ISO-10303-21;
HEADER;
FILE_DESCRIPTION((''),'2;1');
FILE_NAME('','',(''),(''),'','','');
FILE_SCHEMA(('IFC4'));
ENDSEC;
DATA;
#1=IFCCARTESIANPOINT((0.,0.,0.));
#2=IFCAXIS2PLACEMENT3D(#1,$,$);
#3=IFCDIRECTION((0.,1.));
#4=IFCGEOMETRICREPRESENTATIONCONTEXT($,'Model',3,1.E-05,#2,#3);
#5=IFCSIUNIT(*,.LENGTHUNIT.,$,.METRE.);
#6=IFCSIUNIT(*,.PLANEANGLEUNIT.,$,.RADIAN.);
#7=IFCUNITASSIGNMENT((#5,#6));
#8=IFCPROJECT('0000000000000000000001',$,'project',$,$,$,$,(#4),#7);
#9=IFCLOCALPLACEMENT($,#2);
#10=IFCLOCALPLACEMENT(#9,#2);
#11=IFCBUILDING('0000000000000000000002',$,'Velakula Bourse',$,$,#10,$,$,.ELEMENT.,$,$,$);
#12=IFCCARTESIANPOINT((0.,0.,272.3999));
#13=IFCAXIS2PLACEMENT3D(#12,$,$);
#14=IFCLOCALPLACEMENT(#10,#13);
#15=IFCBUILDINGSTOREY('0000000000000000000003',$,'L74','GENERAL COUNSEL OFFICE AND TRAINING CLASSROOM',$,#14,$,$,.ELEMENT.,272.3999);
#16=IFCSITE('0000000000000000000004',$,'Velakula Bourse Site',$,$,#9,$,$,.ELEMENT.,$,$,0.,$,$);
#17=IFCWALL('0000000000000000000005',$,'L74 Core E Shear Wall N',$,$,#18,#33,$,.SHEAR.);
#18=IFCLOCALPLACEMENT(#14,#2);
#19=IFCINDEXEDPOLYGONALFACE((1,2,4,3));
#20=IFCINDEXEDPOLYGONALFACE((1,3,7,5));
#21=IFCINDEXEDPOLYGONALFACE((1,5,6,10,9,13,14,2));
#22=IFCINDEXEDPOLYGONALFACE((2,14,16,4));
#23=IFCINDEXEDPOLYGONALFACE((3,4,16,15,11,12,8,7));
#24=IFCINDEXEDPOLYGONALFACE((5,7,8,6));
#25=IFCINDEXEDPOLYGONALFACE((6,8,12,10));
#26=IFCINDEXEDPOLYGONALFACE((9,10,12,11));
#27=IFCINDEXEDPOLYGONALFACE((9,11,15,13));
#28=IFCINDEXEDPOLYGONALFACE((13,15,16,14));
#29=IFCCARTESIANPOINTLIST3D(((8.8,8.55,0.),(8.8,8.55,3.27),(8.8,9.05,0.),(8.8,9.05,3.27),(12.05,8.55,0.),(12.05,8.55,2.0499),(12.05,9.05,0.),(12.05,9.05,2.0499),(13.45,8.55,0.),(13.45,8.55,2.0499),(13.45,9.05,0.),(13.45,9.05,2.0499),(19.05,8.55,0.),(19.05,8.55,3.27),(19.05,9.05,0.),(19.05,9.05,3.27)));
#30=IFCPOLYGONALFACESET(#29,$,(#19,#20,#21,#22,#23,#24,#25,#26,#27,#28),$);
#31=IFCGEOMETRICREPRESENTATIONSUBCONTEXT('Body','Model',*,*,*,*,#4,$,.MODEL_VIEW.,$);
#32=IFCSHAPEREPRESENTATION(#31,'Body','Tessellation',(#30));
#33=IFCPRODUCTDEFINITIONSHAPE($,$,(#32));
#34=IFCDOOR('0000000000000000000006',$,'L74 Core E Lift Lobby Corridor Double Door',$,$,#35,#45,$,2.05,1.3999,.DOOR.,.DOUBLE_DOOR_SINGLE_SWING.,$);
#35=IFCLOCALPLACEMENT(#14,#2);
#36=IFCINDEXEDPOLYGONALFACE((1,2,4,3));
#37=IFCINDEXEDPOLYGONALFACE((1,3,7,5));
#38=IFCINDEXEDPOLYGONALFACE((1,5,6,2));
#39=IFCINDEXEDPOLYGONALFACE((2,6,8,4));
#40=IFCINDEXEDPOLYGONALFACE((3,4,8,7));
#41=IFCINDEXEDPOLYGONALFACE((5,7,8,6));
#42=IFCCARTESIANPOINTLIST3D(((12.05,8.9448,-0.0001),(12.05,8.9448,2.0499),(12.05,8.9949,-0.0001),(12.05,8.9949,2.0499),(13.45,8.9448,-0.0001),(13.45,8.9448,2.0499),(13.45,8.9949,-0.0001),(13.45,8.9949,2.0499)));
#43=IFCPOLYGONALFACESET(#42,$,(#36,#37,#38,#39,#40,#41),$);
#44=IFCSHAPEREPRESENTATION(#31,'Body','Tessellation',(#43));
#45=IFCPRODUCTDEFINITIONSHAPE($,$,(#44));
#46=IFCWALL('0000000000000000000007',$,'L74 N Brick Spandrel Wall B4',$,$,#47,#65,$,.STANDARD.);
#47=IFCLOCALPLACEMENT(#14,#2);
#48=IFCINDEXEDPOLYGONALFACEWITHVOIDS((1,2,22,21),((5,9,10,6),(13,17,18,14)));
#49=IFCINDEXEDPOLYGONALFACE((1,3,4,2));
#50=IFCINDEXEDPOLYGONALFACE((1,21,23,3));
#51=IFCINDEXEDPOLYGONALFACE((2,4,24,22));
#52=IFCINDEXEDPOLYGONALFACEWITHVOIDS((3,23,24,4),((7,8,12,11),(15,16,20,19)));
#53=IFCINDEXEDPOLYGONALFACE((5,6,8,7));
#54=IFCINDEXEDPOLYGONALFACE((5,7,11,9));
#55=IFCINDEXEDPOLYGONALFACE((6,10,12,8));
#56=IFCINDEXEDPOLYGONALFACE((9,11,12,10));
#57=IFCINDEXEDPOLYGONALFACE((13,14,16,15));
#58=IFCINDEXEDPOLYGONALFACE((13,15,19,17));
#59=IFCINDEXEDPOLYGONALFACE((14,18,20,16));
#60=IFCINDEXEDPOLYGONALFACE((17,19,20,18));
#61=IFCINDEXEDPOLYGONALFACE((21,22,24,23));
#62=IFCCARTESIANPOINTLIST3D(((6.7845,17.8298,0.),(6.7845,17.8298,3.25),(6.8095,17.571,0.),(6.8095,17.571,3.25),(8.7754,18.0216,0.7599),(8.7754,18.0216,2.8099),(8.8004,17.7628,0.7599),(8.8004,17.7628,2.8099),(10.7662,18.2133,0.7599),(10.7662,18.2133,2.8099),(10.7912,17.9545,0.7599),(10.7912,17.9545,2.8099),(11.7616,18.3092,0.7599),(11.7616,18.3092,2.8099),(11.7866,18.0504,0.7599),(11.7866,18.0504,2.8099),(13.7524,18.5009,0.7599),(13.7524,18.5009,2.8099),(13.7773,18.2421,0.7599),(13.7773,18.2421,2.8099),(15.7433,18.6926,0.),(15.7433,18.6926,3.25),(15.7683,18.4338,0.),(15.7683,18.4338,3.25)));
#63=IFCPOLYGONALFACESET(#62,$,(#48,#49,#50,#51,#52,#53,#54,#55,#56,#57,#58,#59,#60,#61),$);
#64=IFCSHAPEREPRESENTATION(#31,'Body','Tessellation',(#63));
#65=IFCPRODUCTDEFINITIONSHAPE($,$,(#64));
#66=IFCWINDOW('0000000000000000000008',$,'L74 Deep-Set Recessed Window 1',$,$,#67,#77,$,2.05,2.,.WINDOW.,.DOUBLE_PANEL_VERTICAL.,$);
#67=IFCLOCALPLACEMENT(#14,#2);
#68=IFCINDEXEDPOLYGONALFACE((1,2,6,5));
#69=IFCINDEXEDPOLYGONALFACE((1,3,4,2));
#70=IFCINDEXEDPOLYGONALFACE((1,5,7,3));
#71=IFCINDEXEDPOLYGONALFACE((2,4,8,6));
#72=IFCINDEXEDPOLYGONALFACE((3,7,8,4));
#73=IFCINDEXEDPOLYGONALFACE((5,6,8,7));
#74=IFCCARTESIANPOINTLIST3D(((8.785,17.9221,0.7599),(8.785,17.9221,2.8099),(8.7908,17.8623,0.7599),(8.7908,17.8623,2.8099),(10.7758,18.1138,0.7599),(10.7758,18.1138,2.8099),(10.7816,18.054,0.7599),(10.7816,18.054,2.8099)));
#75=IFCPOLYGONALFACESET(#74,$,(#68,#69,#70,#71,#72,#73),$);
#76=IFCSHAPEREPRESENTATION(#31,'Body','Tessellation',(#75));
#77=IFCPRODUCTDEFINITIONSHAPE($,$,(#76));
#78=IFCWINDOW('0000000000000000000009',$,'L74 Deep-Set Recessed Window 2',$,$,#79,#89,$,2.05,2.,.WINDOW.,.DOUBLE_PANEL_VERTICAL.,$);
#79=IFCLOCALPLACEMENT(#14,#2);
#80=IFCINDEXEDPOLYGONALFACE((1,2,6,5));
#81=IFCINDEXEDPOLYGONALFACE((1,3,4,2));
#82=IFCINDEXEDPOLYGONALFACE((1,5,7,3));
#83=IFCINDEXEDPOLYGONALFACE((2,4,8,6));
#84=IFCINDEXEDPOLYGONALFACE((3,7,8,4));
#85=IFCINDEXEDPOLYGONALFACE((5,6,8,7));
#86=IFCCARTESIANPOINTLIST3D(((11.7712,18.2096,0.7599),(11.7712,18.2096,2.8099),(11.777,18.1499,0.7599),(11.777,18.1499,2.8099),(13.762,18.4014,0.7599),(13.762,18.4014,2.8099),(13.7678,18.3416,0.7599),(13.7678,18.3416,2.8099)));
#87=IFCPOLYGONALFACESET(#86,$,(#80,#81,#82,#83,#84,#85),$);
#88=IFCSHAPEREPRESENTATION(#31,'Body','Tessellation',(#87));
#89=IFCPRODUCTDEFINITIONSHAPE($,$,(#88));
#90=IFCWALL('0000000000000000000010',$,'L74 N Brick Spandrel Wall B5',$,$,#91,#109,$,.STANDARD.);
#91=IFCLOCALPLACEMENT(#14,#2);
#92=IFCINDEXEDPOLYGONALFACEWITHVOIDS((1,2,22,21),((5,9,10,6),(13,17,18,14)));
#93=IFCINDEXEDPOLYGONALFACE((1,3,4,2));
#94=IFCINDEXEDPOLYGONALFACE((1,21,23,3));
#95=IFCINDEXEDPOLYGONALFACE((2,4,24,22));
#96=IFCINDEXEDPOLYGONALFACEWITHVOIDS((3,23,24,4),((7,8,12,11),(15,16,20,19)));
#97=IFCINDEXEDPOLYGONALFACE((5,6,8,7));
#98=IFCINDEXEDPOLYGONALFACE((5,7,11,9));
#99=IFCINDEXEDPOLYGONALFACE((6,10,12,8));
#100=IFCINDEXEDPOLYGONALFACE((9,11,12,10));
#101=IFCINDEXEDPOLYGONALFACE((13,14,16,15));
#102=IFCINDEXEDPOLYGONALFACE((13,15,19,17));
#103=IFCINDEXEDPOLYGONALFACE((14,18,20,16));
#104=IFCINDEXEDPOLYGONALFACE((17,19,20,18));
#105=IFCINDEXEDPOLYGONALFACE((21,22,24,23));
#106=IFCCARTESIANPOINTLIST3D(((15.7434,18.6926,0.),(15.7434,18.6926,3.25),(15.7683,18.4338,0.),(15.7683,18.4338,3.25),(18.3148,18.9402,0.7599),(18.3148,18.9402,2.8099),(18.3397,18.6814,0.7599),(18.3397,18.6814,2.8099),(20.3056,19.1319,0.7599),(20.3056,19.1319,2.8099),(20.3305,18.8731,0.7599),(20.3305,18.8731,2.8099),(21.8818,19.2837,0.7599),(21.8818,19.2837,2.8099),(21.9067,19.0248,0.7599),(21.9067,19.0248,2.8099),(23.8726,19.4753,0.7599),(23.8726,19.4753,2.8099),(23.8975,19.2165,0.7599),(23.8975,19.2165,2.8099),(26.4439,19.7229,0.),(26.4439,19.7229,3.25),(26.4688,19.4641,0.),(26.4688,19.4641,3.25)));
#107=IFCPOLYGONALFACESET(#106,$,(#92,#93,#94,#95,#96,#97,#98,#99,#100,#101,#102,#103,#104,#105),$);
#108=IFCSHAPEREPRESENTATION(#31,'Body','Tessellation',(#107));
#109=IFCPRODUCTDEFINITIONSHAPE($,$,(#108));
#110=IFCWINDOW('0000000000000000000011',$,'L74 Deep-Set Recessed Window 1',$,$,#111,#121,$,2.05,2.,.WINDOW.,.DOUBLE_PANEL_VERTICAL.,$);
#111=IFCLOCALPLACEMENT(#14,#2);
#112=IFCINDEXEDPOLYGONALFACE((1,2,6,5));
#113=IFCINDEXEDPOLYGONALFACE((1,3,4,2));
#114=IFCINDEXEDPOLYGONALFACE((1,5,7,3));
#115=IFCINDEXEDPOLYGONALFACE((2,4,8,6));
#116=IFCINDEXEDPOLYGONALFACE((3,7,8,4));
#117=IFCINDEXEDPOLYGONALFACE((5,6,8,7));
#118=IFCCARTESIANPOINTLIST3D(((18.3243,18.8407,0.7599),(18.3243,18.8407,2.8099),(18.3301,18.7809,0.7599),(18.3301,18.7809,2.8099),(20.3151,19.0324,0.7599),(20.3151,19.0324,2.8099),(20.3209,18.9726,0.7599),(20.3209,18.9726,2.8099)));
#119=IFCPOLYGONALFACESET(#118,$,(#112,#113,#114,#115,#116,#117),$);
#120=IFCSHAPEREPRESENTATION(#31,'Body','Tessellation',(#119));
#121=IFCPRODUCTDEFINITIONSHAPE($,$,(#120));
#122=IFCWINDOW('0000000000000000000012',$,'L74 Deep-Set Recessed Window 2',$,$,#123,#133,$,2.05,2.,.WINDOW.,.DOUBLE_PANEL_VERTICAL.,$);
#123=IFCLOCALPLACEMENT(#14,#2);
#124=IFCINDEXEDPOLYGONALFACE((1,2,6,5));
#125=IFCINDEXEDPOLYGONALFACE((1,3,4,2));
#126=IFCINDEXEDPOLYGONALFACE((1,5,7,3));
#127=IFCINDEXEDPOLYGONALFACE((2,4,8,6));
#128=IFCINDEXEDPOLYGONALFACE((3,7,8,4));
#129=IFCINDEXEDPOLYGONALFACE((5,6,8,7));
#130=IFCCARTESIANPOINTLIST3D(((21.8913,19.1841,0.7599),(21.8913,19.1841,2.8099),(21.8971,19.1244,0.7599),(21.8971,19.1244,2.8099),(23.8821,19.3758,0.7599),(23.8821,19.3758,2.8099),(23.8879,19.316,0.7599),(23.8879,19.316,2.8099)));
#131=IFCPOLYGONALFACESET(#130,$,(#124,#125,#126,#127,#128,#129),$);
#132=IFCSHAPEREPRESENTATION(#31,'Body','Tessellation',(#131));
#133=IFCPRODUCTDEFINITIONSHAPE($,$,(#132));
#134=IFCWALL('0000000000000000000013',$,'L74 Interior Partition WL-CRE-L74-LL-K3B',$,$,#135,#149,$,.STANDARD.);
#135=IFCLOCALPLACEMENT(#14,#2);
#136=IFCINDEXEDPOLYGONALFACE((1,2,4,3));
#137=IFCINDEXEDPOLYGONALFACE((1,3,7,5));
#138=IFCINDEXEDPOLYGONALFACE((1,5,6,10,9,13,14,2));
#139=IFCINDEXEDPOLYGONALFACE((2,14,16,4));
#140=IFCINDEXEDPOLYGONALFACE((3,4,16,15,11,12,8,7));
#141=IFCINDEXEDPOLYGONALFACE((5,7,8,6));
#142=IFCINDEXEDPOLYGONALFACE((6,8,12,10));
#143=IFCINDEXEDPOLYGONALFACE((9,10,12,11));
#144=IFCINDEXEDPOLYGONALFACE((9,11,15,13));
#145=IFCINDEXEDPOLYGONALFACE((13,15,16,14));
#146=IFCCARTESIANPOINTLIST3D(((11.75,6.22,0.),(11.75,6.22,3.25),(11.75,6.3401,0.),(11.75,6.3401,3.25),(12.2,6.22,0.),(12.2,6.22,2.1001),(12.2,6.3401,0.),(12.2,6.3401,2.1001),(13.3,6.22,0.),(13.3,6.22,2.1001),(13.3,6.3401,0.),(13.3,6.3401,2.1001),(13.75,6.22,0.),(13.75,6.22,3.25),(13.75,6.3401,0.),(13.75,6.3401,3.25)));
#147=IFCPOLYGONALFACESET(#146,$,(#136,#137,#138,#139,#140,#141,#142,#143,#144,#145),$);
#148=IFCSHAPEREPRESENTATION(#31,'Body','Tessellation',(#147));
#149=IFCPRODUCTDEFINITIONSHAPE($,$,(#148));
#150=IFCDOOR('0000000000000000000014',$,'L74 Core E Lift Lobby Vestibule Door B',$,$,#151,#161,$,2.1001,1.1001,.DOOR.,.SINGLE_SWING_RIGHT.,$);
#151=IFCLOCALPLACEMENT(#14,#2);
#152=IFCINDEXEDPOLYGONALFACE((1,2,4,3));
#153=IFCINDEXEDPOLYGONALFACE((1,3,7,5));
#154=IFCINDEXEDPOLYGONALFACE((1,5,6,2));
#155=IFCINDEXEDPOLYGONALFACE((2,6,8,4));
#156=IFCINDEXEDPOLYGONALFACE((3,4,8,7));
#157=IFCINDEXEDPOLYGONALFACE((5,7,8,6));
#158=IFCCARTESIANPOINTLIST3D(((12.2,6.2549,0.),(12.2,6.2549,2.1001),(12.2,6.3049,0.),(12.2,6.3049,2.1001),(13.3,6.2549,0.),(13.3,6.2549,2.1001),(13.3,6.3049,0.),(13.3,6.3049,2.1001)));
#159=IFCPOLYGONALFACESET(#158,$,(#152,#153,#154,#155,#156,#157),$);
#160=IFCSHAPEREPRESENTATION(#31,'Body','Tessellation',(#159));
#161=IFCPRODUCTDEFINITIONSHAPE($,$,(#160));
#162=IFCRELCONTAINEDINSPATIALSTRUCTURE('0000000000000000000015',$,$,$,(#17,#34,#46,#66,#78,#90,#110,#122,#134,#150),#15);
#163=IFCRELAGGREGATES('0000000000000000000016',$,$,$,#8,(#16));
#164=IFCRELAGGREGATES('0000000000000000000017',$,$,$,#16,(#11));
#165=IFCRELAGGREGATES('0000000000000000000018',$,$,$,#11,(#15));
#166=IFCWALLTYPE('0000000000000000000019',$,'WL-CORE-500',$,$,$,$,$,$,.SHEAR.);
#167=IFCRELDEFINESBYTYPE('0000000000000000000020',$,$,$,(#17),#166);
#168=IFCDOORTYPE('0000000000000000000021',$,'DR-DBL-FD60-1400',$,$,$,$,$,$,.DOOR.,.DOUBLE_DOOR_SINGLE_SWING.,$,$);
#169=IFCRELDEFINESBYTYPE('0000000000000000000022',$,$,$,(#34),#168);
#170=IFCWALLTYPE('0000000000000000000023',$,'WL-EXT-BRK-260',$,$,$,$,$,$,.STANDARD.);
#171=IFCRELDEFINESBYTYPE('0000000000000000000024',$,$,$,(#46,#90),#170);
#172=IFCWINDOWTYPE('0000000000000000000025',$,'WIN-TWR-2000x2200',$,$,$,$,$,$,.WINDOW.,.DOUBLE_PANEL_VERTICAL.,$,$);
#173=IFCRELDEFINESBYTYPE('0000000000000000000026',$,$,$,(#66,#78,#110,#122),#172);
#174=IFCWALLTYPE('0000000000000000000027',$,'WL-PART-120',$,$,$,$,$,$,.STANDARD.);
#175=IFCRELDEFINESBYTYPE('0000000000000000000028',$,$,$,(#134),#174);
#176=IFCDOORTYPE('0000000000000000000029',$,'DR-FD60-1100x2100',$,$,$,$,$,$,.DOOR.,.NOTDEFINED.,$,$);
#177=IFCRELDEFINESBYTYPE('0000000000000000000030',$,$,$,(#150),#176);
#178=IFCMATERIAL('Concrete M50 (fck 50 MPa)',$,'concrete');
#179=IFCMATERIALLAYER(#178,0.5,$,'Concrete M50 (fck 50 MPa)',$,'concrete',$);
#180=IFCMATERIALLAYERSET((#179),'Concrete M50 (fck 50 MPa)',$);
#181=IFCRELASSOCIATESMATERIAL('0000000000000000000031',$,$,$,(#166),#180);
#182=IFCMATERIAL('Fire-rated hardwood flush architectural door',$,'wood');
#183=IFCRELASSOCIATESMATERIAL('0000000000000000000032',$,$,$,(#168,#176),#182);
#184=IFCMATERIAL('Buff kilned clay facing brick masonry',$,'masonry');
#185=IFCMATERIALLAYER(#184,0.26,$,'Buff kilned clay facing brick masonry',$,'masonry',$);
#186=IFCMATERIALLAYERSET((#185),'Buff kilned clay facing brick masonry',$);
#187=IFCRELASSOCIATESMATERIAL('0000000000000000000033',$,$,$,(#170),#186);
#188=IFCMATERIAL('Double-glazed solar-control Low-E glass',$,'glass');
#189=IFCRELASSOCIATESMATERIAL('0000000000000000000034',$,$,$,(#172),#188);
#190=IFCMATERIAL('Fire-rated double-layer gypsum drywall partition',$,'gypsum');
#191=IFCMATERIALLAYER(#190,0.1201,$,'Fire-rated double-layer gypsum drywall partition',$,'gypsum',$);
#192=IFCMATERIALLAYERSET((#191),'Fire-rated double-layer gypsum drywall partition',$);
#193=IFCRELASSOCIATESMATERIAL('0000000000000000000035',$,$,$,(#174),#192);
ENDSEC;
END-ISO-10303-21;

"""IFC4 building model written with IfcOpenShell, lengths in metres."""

from ifc_helpers import new_model, si_unit, direction, frame, frame_2d, origin, place, context, subcontext, project, spatial, rectangle, extrude, material, layer, layer_set, type_object, element, fill, save


model = new_model("IFC4")

# Units and contexts
model_context = context("Model", 3, precision=1e-05, world=origin(), true_north=direction((0.0, 1.0)))
body_context = subcontext(model_context, "Body", "Model", "MODEL_VIEW")
ifc_project = project(units=[si_unit("LENGTHUNIT", "METRE"), si_unit("PLANEANGLEUNIT", "RADIAN")], contexts=[model_context])

# Site, building, storey
site_placement = place(None, origin())
site = spatial("IfcSite", under=ifc_project, at=site_placement, Name="Velakula Bourse Site", CompositionType="ELEMENT", RefElevation=0.0)
building_placement = place(site_placement, origin())
building = spatial("IfcBuilding", under=site, at=building_placement, Name="Velakula Bourse", CompositionType="ELEMENT")
storey_placement = place(building_placement, frame((0.0, 0.0, 272.3999)))
storey = spatial("IfcBuildingStorey", under=building, at=storey_placement, Name="L74", Description="GENERAL COUNSEL OFFICE AND TRAINING CLASSROOM", CompositionType="ELEMENT", Elevation=272.3999)

# Shared definitions
ifc_material_1 = material(Name="Concrete M50 (fck 50 MPa)", Category="concrete")

# Wall, opening, door
ifc_layer_1 = layer(ifc_material_1, 0.5, Name="Concrete M50 (fck 50 MPa)", Category="concrete")
ifc_layer_set_1 = layer_set([ifc_layer_1], Name="Concrete M50 (fck 50 MPa)")
wall_type_1 = type_object("IfcWallType", Name="WL-CORE-500", PredefinedType="SHEAR", material=ifc_layer_set_1)
wall_1_placement = place(storey_placement, frame((8.8, 8.8, 0.0), z_axis=(0.0, 0.0, 1.0), x_axis=(1.0, 0.0, 0.0)))
wall_1 = element("IfcWall", 1, at=wall_1_placement, inside=storey, type_object=wall_type_1, Name="L74 Core E Shear Wall N", PredefinedType="SHEAR", context=body_context, shape_type="SweptSolid", body=[
    extrude(rectangle(XDim=10.25, YDim=0.5, at=frame_2d((5.125, 0.0))), origin(), (0.0, 0.0, 1.0), 3.27),
])
opening_1_placement = place(wall_1_placement, frame((3.25, 0.0, 0.0)))
opening_1 = element("IfcOpeningElement", 2, at=opening_1_placement, cuts=wall_1, PredefinedType="OPENING", context=body_context, shape_type="SweptSolid", body=[
    extrude(rectangle(XDim=1.3999, YDim=2.05, at=frame_2d((0.7, 1.0249))), frame((0.0, 0.26, 0.0), z_axis=(0.0, -1.0, 0.0), x_axis=(1.0, 0.0, 0.0)), (0.0, 0.0, 1.0), 0.52),
])
ifc_material_2 = material(Name="Fire-rated hardwood flush architectural door", Category="wood")
door_type_1 = type_object("IfcDoorType", Name="DR-DBL-FD60-1400", OperationType="DOUBLE_DOOR_SINGLE_SWING", PredefinedType="DOOR", material=ifc_material_2)
door_1_placement = place(opening_1_placement, origin())
door_1 = element("IfcDoor", 3, at=door_1_placement, inside=storey, type_object=door_type_1, Name="L74 Core E Lift Lobby Corridor Double Door", OperationType="DOUBLE_DOOR_SINGLE_SWING", OverallHeight=2.05, OverallWidth=1.3999, PredefinedType="DOOR", context=body_context, shape_type="SweptSolid", body=[
    extrude(rectangle(XDim=1.3999, YDim=2.05, at=frame_2d((0.7, 1.0249))), frame((0.0, 0.1948, 0.0), z_axis=(0.0, -1.0, 0.0), x_axis=(1.0, 0.0, 0.0)), (0.0, 0.0, 1.0), 0.05),
])
fill(opening_1, door_1)

# Walls, openings, windows
ifc_material_3 = material(Name="Buff kilned clay facing brick masonry", Category="masonry")
ifc_layer_2 = layer(ifc_material_3, 0.26, Name="Buff kilned clay facing brick masonry", Category="masonry")
ifc_layer_set_2 = layer_set([ifc_layer_2], Name="Buff kilned clay facing brick masonry")
wall_type_2 = type_object("IfcWallType", Name="WL-EXT-BRK-260", PredefinedType="STANDARD", material=ifc_layer_set_2)
wall_2_placement = place(storey_placement, frame((6.7971, 17.7004, 0.0), z_axis=(0.0, 0.0, 1.0), x_axis=(0.995394, 0.095864, 0.0)))
wall_2 = element("IfcWall", 4, at=wall_2_placement, inside=storey, type_object=wall_type_2, Name="L74 N Brick Spandrel Wall B4", PredefinedType="STANDARD", context=body_context, shape_type="SweptSolid", body=[
    extrude(rectangle(XDim=9.0002, YDim=0.26, at=frame_2d((4.5, 0.0))), origin(), (0.0, 0.0, 1.0), 3.25),
])
opening_2_placement = place(wall_2_placement, frame((2.0, 0.0, 0.76)))
opening_2 = element("IfcOpeningElement", 5, at=opening_2_placement, cuts=wall_2, PredefinedType="OPENING", context=body_context, shape_type="SweptSolid", body=[
    extrude(rectangle(XDim=2.0, YDim=2.05, at=frame_2d((1.0, 1.0249))), frame((0.0, 0.1399, 0.0), z_axis=(0.0, -1.0, 0.0), x_axis=(1.0, 0.0, 0.0)), (0.0, 0.0, 1.0), 0.28),
])
opening_3_placement = place(wall_2_placement, frame((5.0, 0.0, 0.76)))
opening_3 = element("IfcOpeningElement", 6, at=opening_3_placement, cuts=wall_2, PredefinedType="OPENING", context=body_context, shape_type="SweptSolid", body=[
    extrude(rectangle(XDim=2.0, YDim=2.05, at=frame_2d((1.0, 1.0249))), frame((0.0, 0.1399, 0.0), z_axis=(0.0, -1.0, 0.0), x_axis=(1.0, 0.0, 0.0)), (0.0, 0.0, 1.0), 0.28),
])
ifc_material_4 = material(Name="Double-glazed solar-control Low-E glass", Category="glass")
window_type = type_object("IfcWindowType", Name="WIN-TWR-2000x2200", PartitioningType="DOUBLE_PANEL_VERTICAL", PredefinedType="WINDOW", material=ifc_material_4)
window_1_placement = place(opening_2_placement, origin())
window_1 = element("IfcWindow", 7, at=window_1_placement, inside=storey, type_object=window_type, Name="L74 Deep-Set Recessed Window 1", OverallHeight=2.05, OverallWidth=2.0, PartitioningType="DOUBLE_PANEL_VERTICAL", PredefinedType="WINDOW", context=body_context, shape_type="SweptSolid", body=[
    extrude(rectangle(XDim=2.0, YDim=2.05, at=frame_2d((1.0, 1.0249))), frame((0.0, 0.03, 0.0), z_axis=(0.0, -1.0, 0.0), x_axis=(1.0, 0.0, 0.0)), (0.0, 0.0, 1.0), 0.0601),
])
fill(opening_2, window_1)
window_2_placement = place(opening_3_placement, origin())
window_2 = element("IfcWindow", 8, at=window_2_placement, inside=storey, type_object=window_type, Name="L74 Deep-Set Recessed Window 2", OverallHeight=2.05, OverallWidth=2.0, PartitioningType="DOUBLE_PANEL_VERTICAL", PredefinedType="WINDOW", context=body_context, shape_type="SweptSolid", body=[
    extrude(rectangle(XDim=2.0, YDim=2.05, at=frame_2d((1.0, 1.0249))), frame((0.0, 0.03, 0.0), z_axis=(0.0, -1.0, 0.0), x_axis=(1.0, 0.0, 0.0)), (0.0, 0.0, 1.0), 0.0601),
])
fill(opening_3, window_2)
wall_3_placement = place(storey_placement, frame((15.7559, 18.5632, 0.0), z_axis=(0.0, 0.0, 1.0), x_axis=(0.995397, 0.09584, 0.0)))
wall_3 = element("IfcWall", 9, at=wall_3_placement, inside=storey, type_object=wall_type_2, Name="L74 N Brick Spandrel Wall B5", PredefinedType="STANDARD", context=body_context, shape_type="SweptSolid", body=[
    extrude(rectangle(XDim=10.75, YDim=0.26, at=frame_2d((5.375, 0.0))), origin(), (0.0, 0.0, 1.0), 3.25),
])
opening_4_placement = place(wall_3_placement, frame((2.5833, 0.0, 0.76)))
opening_4 = element("IfcOpeningElement", 10, at=opening_4_placement, cuts=wall_3, PredefinedType="OPENING", context=body_context, shape_type="SweptSolid", body=[
    extrude(rectangle(XDim=2.0, YDim=2.05, at=frame_2d((1.0, 1.0249))), frame((0.0, 0.1399, 0.0), z_axis=(0.0, -1.0, 0.0), x_axis=(1.0, 0.0, 0.0)), (0.0, 0.0, 1.0), 0.28),
])
opening_5_placement = place(wall_3_placement, frame((6.1667, 0.0, 0.76)))
opening_5 = element("IfcOpeningElement", 11, at=opening_5_placement, cuts=wall_3, PredefinedType="OPENING", context=body_context, shape_type="SweptSolid", body=[
    extrude(rectangle(XDim=2.0, YDim=2.05, at=frame_2d((1.0, 1.0249))), frame((0.0, 0.1399, 0.0), z_axis=(0.0, -1.0, 0.0), x_axis=(1.0, 0.0, 0.0)), (0.0, 0.0, 1.0), 0.28),
])
window_3_placement = place(opening_4_placement, origin())
window_3 = element("IfcWindow", 12, at=window_3_placement, inside=storey, type_object=window_type, Name="L74 Deep-Set Recessed Window 1", OverallHeight=2.05, OverallWidth=2.0, PartitioningType="DOUBLE_PANEL_VERTICAL", PredefinedType="WINDOW", context=body_context, shape_type="SweptSolid", body=[
    extrude(rectangle(XDim=2.0, YDim=2.05, at=frame_2d((1.0, 1.0249))), frame((0.0, 0.03, 0.0), z_axis=(0.0, -1.0, 0.0), x_axis=(1.0, 0.0, 0.0)), (0.0, 0.0, 1.0), 0.0601),
])
fill(opening_4, window_3)
window_4_placement = place(opening_5_placement, origin())
window_4 = element("IfcWindow", 13, at=window_4_placement, inside=storey, type_object=window_type, Name="L74 Deep-Set Recessed Window 2", OverallHeight=2.05, OverallWidth=2.0, PartitioningType="DOUBLE_PANEL_VERTICAL", PredefinedType="WINDOW", context=body_context, shape_type="SweptSolid", body=[
    extrude(rectangle(XDim=2.0, YDim=2.05, at=frame_2d((1.0, 1.0249))), frame((0.0, 0.03, 0.0), z_axis=(0.0, -1.0, 0.0), x_axis=(1.0, 0.0, 0.0)), (0.0, 0.0, 1.0), 0.0601),
])
fill(opening_5, window_4)

# Wall, opening, door
ifc_material_5 = material(Name="Fire-rated double-layer gypsum drywall partition", Category="gypsum")
ifc_layer_3 = layer(ifc_material_5, 0.1201, Name="Fire-rated double-layer gypsum drywall partition", Category="gypsum")
ifc_layer_set_3 = layer_set([ifc_layer_3], Name="Fire-rated double-layer gypsum drywall partition")
wall_type_3 = type_object("IfcWallType", Name="WL-PART-120", PredefinedType="STANDARD", material=ifc_layer_set_3)
wall_4_placement = place(storey_placement, frame((11.75, 6.28, 0.0), z_axis=(0.0, 0.0, 1.0), x_axis=(1.0, 0.0, 0.0)))
wall_4 = element("IfcWall", 14, at=wall_4_placement, inside=storey, type_object=wall_type_3, Name="L74 Interior Partition WL-CRE-L74-LL-K3B", PredefinedType="STANDARD", context=body_context, shape_type="SweptSolid", body=[
    extrude(rectangle(XDim=2.0, YDim=0.1201, at=frame_2d((1.0, 0.0))), origin(), (0.0, 0.0, 1.0), 3.25),
])
opening_6_placement = place(wall_4_placement, frame((0.45, 0.0, 0.0)))
opening_6 = element("IfcOpeningElement", 15, at=opening_6_placement, cuts=wall_4, PredefinedType="OPENING", context=body_context, shape_type="SweptSolid", body=[
    extrude(rectangle(XDim=1.1001, YDim=2.1001, at=frame_2d((0.55, 1.05))), frame((0.0, 0.0701, 0.0), z_axis=(0.0, -1.0, 0.0), x_axis=(1.0, 0.0, 0.0)), (0.0, 0.0, 1.0), 0.1401),
])
door_type_2 = type_object("IfcDoorType", Name="DR-FD60-1100x2100", OperationType="NOTDEFINED", PredefinedType="DOOR", material=ifc_material_2)
door_2_placement = place(opening_6_placement, origin())
door_2 = element("IfcDoor", 16, at=door_2_placement, inside=storey, type_object=door_type_2, Name="L74 Core E Lift Lobby Vestibule Door B", OperationType="SINGLE_SWING_RIGHT", OverallHeight=2.1001, OverallWidth=1.1001, PredefinedType="DOOR", context=body_context, shape_type="SweptSolid", body=[
    extrude(rectangle(XDim=1.1001, YDim=2.1001, at=frame_2d((0.55, 1.05))), frame((0.0, 0.0249, 0.0), z_axis=(0.0, -1.0, 0.0), x_axis=(1.0, 0.0, 0.0)), (0.0, 0.0, 1.0), 0.05),
])
fill(opening_6, door_2)

save(model, "model.ifc")
